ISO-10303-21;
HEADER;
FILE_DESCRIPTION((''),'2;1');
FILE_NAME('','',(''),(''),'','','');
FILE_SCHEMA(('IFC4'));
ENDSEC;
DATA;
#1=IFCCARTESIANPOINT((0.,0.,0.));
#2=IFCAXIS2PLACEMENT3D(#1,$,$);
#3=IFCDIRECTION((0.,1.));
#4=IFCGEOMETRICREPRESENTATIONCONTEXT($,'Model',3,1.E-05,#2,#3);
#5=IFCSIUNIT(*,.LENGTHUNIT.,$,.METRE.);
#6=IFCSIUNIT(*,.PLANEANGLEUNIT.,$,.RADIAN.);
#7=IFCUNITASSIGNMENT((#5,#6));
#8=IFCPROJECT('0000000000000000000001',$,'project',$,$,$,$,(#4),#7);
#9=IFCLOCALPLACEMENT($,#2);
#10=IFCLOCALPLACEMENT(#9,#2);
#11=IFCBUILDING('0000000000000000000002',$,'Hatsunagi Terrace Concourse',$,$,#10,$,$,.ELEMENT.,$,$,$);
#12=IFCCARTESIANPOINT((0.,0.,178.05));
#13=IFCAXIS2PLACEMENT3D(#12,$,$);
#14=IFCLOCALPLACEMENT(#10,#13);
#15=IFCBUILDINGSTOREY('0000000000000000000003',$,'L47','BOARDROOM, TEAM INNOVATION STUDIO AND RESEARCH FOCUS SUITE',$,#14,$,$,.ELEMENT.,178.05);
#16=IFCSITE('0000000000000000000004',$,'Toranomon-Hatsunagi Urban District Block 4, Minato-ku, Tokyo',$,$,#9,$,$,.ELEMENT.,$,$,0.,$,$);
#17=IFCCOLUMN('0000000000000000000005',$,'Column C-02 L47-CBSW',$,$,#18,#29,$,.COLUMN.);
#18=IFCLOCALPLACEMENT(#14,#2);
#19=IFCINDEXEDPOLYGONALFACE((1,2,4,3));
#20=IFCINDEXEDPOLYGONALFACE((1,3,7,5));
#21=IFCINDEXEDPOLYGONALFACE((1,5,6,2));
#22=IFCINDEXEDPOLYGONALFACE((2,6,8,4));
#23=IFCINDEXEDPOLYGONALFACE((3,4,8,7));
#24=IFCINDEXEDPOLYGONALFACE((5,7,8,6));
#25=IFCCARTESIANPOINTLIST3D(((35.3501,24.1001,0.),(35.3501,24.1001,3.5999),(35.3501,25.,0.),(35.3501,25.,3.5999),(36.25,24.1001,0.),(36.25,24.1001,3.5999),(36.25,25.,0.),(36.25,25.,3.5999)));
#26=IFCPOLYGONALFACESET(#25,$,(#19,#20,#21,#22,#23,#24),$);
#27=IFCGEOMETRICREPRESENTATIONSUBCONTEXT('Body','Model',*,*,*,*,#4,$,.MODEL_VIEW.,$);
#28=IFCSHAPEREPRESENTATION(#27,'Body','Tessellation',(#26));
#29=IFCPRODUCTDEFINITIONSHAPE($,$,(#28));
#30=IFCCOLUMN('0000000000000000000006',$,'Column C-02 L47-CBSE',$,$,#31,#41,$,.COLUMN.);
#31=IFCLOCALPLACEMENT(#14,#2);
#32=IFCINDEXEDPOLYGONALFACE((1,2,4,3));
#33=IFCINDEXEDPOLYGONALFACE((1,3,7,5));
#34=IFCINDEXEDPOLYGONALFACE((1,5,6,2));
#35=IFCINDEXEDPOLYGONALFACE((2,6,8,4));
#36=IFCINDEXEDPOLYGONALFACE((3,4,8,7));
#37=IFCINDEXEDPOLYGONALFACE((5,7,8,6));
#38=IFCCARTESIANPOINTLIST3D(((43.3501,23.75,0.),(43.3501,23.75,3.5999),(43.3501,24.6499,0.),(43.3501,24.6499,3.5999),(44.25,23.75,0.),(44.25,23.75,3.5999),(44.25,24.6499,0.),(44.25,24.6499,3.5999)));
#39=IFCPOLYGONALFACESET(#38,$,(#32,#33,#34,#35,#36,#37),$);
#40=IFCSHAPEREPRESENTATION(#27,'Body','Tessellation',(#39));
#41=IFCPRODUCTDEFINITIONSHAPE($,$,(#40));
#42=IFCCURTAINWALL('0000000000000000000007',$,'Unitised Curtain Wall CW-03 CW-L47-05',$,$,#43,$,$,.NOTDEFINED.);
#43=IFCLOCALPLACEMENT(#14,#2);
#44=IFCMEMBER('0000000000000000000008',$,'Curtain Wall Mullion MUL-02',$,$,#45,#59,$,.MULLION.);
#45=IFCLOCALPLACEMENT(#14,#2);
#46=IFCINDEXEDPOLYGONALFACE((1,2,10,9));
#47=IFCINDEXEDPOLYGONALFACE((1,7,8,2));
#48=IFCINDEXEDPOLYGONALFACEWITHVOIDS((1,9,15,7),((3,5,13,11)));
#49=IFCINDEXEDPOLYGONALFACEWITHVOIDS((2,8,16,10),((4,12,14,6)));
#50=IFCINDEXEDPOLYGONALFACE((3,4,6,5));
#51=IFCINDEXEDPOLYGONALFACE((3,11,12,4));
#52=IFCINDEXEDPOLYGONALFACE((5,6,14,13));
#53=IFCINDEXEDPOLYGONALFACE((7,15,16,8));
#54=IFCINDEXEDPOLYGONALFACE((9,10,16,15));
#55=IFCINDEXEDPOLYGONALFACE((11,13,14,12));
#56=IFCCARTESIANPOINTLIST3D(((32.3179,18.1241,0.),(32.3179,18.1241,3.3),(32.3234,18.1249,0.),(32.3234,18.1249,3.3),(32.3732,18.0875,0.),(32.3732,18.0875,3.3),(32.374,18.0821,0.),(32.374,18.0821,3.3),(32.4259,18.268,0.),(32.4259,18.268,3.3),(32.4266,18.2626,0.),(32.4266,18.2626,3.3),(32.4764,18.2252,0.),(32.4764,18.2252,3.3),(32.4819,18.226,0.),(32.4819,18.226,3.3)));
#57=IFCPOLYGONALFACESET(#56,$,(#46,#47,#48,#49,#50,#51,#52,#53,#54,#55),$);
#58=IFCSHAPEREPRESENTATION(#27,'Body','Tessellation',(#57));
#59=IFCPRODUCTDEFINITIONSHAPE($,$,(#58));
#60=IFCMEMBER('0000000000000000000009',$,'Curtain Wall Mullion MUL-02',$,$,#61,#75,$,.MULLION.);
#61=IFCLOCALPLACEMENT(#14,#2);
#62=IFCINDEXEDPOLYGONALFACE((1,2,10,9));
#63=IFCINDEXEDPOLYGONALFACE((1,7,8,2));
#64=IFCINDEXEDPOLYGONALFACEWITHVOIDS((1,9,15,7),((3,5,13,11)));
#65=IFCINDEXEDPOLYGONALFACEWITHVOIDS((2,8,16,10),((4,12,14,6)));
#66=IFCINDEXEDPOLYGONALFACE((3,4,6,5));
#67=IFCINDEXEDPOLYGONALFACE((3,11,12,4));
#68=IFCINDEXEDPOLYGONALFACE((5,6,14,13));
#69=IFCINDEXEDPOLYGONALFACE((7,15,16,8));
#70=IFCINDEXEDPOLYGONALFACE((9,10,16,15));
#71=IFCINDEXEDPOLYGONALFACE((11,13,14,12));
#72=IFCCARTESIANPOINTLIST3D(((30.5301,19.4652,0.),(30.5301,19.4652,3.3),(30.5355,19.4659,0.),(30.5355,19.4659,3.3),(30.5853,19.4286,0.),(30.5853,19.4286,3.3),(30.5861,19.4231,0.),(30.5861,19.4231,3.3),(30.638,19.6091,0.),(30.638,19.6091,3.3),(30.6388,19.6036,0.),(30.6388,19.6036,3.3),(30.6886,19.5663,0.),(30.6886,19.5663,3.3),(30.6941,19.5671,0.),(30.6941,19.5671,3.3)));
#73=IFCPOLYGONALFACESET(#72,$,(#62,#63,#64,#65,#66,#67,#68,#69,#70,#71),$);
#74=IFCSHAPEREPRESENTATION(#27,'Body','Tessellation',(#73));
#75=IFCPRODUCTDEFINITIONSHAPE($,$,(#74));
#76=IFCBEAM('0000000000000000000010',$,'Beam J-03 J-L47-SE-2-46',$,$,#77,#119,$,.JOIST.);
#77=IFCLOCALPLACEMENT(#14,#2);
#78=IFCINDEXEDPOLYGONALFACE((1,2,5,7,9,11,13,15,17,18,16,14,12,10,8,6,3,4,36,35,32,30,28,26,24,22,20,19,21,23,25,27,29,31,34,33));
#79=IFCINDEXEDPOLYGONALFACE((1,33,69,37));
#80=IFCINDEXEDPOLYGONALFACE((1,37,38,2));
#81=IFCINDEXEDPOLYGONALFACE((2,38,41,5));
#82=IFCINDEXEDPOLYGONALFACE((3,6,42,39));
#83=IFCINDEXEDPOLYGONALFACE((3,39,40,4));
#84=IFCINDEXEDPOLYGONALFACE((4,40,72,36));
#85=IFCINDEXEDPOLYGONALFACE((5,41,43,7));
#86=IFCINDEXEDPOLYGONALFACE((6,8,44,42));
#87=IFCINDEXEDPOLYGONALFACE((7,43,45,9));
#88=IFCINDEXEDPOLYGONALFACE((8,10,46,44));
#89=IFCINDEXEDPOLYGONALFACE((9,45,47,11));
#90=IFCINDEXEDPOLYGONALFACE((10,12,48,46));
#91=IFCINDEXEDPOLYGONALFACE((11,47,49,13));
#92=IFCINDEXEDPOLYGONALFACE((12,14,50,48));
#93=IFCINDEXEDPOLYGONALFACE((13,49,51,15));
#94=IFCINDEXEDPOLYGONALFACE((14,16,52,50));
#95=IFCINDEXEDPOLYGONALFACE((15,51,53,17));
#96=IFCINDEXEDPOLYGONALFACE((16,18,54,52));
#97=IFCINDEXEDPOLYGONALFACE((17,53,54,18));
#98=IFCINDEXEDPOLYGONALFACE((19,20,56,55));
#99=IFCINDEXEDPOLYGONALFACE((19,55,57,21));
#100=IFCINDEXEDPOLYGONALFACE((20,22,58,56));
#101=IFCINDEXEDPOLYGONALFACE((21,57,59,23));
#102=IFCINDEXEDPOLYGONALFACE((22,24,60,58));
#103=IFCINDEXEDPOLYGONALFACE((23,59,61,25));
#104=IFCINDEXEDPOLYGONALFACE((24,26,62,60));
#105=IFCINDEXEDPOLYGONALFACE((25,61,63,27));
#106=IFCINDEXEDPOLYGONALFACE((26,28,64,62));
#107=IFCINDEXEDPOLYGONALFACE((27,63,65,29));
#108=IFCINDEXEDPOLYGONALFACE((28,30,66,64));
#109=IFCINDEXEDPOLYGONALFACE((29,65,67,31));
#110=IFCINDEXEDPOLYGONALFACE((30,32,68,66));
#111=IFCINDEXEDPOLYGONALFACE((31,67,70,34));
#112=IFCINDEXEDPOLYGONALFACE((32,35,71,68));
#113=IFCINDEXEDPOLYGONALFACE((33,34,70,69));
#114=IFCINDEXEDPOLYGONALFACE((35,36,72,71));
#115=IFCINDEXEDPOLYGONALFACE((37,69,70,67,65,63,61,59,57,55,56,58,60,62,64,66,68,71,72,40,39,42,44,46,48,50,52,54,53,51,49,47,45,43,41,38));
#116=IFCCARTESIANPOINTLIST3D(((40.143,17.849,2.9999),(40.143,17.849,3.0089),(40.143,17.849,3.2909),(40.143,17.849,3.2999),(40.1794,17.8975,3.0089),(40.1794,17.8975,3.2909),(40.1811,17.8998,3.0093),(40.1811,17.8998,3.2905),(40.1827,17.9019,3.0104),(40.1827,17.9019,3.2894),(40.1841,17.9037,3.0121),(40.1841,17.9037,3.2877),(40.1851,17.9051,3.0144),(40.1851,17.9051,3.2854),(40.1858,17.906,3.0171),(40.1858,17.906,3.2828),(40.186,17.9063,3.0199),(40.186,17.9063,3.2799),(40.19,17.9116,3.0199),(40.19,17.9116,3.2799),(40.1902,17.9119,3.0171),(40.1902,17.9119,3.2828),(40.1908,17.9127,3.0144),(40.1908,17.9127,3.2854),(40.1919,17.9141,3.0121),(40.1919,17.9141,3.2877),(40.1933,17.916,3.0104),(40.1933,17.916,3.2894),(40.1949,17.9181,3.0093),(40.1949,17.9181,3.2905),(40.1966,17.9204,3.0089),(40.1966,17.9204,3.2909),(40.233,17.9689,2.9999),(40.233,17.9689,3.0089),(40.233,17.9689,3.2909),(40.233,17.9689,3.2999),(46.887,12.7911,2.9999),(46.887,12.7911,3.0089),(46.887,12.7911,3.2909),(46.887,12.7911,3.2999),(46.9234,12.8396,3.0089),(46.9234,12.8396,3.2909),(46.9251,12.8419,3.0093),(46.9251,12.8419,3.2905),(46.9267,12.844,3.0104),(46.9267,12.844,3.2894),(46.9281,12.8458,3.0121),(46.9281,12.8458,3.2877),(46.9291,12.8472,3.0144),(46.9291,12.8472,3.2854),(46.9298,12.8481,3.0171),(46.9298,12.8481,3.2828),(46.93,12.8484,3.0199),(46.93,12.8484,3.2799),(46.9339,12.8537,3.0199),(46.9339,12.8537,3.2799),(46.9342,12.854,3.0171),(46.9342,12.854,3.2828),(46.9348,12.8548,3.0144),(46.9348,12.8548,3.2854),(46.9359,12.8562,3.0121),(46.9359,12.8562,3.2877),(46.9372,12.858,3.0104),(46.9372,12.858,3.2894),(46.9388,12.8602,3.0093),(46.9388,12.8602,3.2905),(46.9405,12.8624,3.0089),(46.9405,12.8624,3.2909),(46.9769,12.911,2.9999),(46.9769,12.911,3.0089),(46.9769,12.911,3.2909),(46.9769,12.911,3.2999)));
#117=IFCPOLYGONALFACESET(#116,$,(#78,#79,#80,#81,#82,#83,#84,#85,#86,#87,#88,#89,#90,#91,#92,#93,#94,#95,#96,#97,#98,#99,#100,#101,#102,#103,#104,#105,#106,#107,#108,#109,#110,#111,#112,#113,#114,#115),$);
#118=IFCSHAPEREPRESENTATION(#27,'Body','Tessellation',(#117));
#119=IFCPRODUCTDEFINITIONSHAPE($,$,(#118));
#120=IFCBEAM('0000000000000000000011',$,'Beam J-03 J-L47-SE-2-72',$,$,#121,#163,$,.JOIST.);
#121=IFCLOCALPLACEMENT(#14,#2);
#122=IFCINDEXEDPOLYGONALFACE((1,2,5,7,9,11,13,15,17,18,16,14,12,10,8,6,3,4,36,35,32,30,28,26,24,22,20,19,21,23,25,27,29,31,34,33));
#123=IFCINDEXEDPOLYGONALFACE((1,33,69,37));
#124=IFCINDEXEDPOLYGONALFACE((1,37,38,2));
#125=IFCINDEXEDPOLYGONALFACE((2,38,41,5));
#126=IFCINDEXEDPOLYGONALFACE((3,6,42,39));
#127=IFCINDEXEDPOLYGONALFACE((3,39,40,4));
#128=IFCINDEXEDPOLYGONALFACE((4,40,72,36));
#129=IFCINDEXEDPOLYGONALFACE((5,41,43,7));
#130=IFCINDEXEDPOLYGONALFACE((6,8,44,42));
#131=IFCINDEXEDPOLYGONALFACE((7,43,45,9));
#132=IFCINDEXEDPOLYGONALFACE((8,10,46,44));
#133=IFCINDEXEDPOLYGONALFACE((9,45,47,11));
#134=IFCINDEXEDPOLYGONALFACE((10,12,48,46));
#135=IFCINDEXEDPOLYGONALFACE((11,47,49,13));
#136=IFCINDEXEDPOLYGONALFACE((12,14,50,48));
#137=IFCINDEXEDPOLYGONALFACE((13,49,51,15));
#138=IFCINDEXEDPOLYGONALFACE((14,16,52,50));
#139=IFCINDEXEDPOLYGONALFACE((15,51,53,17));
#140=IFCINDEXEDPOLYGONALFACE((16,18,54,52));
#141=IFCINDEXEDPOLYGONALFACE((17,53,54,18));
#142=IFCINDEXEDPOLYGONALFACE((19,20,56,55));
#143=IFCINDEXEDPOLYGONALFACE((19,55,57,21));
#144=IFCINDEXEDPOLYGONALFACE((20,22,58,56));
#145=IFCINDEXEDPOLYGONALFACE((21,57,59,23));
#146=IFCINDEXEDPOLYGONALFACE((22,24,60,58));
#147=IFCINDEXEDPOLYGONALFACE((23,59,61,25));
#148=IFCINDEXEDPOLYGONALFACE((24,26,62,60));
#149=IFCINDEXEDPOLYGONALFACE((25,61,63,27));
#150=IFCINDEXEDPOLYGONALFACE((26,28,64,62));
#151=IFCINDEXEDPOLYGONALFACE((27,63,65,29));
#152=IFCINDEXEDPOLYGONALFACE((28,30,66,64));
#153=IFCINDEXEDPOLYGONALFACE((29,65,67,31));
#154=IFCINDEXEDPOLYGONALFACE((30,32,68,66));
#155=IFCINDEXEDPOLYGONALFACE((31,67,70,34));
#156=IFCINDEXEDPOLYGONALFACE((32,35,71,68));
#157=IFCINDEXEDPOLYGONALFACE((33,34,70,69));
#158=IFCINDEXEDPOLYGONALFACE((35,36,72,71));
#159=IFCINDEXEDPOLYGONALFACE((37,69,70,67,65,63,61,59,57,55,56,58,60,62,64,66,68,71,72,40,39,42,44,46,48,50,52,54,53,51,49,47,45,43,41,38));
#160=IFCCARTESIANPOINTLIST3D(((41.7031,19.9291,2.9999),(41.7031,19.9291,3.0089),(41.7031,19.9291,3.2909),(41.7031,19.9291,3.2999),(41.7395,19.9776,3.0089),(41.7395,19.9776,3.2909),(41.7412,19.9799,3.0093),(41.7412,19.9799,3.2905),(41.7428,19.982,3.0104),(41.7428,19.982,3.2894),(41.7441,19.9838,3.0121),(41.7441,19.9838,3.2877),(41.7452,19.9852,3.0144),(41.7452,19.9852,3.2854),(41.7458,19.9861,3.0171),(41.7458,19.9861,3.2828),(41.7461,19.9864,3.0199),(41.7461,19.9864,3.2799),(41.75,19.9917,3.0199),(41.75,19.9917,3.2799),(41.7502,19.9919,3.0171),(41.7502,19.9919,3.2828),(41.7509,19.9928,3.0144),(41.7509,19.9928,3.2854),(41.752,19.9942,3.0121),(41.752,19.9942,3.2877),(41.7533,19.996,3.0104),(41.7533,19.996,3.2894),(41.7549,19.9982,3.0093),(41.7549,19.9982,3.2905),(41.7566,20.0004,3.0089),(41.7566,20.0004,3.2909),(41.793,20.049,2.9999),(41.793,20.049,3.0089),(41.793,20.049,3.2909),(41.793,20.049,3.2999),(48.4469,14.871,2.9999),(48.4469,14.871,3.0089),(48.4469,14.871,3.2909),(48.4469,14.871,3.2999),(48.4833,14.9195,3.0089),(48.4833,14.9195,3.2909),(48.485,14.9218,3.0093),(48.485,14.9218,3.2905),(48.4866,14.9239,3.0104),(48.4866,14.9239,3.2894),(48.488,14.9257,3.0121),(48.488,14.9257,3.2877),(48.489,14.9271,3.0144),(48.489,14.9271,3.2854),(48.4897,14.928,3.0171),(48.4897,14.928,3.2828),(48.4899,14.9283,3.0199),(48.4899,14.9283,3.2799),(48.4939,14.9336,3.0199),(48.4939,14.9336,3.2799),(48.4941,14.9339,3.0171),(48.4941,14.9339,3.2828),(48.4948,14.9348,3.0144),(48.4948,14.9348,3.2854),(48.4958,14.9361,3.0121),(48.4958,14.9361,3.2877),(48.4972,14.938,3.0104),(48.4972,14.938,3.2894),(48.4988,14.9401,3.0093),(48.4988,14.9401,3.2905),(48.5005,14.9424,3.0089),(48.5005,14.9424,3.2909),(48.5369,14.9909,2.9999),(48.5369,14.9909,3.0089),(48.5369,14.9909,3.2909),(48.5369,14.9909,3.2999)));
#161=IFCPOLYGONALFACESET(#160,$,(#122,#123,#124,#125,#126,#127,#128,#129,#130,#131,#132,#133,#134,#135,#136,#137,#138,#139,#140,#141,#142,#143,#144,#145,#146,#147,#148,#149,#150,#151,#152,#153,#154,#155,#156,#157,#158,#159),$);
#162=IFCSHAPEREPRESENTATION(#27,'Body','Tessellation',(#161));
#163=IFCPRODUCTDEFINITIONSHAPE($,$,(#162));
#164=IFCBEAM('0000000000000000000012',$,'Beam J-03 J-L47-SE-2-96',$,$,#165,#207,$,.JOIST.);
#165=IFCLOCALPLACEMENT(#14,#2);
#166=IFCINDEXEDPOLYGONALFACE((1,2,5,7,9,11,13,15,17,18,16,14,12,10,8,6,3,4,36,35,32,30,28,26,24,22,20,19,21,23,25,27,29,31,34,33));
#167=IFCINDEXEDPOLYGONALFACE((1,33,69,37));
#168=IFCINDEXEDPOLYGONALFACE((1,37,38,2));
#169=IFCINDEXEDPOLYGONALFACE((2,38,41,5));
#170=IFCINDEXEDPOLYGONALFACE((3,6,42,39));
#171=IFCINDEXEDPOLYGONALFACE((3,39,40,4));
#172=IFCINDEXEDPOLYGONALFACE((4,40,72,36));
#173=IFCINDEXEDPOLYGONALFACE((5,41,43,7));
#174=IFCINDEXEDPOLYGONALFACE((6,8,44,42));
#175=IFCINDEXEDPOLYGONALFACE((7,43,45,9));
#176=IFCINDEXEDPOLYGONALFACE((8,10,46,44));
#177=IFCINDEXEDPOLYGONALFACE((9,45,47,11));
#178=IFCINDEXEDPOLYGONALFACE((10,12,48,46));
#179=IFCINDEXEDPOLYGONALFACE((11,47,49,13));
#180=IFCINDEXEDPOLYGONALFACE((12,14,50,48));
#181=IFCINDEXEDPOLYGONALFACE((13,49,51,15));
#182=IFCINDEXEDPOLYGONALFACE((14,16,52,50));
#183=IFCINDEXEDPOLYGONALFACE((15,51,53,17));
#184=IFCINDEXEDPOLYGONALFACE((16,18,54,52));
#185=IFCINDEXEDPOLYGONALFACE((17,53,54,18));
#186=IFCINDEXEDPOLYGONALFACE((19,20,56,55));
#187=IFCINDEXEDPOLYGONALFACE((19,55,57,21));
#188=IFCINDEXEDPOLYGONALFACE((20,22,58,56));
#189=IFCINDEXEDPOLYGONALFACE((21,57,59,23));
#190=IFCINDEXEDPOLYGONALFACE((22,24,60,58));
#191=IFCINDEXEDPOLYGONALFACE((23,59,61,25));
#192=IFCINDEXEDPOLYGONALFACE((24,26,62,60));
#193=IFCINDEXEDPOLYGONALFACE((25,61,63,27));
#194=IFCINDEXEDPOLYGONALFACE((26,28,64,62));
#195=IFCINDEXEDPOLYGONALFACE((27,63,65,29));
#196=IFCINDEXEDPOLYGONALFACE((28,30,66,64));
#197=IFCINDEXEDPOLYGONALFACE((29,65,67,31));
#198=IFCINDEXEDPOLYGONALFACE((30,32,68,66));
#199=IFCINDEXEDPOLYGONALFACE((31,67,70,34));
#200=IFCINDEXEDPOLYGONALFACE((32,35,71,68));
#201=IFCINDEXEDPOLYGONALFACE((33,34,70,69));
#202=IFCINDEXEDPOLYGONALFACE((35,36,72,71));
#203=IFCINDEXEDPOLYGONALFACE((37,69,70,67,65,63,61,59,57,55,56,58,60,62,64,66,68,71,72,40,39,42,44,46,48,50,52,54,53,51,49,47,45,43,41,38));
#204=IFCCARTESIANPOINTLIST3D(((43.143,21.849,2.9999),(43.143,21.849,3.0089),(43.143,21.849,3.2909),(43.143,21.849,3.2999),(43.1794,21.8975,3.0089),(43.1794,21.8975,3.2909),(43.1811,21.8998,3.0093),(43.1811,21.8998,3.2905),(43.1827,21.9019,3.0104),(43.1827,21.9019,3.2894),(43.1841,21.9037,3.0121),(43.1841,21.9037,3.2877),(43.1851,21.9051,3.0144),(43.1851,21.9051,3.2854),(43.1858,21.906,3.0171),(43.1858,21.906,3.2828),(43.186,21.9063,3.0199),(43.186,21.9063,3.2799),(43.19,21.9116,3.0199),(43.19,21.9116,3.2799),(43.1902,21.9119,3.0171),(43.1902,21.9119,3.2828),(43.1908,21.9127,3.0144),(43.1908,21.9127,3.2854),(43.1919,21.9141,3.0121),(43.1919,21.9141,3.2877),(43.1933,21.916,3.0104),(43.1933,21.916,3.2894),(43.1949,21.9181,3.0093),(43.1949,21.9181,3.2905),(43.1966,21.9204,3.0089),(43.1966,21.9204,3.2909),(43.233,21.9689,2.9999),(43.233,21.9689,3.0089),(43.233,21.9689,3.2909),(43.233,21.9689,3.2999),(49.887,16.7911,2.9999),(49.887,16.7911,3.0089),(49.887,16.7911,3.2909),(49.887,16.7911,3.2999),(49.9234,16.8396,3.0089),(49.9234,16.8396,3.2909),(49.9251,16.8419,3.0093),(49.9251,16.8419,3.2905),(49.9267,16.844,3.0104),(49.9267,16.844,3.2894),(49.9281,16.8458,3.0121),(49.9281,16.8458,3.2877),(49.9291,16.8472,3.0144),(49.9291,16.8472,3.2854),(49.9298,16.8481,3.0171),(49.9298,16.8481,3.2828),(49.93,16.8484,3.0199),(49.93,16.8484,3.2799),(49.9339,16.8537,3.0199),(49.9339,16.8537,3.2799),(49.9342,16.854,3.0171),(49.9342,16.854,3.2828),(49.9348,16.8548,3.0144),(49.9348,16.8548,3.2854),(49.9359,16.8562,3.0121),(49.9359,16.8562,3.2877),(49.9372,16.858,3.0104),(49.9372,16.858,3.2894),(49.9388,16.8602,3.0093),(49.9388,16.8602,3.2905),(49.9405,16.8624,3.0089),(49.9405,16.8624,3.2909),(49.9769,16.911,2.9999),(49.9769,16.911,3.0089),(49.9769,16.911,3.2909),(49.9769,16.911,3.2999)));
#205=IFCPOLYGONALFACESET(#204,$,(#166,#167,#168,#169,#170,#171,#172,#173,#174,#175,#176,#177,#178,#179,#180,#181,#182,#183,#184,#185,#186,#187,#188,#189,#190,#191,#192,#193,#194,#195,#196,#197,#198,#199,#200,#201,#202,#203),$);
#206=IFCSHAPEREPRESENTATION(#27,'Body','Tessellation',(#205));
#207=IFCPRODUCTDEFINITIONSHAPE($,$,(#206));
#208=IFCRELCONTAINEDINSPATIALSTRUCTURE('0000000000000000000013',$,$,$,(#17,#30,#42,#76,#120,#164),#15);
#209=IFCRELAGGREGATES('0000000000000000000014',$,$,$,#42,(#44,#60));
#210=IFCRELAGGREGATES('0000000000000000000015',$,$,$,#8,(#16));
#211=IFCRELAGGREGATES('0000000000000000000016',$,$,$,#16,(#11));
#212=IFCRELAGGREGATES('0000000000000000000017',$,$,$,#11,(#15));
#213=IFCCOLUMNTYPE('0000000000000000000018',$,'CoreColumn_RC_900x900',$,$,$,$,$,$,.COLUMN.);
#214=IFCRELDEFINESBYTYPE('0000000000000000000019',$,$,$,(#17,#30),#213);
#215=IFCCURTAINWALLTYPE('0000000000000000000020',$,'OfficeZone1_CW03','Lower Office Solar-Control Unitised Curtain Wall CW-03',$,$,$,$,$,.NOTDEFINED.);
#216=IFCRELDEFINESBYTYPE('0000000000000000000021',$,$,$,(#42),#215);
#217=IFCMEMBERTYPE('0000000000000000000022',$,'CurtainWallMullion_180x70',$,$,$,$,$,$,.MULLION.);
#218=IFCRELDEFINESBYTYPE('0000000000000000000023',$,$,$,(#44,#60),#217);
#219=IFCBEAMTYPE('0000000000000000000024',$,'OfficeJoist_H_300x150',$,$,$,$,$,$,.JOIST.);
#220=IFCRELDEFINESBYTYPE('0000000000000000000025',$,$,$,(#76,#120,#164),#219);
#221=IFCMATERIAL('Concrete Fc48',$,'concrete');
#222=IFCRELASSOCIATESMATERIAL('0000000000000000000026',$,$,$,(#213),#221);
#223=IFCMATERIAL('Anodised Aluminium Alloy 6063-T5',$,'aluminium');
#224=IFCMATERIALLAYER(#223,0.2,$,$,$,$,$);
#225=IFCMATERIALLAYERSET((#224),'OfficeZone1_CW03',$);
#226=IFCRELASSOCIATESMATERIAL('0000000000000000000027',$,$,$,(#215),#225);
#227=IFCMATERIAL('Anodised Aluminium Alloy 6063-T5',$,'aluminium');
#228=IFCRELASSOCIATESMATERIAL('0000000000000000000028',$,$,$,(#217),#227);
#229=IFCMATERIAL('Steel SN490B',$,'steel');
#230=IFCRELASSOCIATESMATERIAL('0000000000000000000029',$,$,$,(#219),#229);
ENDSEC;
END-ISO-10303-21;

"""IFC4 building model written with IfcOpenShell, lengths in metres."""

from ifc_helpers import new_model, si_unit, direction, frame, origin, origin_2d, place, context, subcontext, project, spatial, rectangle, hollow_rectangle, i_section, extrude, material, layer, layer_set, material_profile, profile_set, type_object, element, aggregate, save


model = new_model("IFC4")

# Units and contexts
model_context = context("Model", 3, precision=1e-05, world=origin(), true_north=direction((0.0, 1.0)))
body_context = subcontext(model_context, "Body", "Model", "MODEL_VIEW")
ifc_project = project(units=[si_unit("LENGTHUNIT", "METRE"), si_unit("PLANEANGLEUNIT", "RADIAN")], contexts=[model_context])

# Site, building, storey
site_placement = place(None, origin())
site = spatial("IfcSite", under=ifc_project, at=site_placement, Name="Toranomon-Hatsunagi Urban District Block 4, Minato-ku, Tokyo", CompositionType="ELEMENT", RefElevation=0.0)
building_placement = place(site_placement, origin())
building = spatial("IfcBuilding", under=site, at=building_placement, Name="Hatsunagi Terrace Concourse", CompositionType="ELEMENT")
storey_placement = place(building_placement, frame((0.0, 0.0, 178.05)))
storey = spatial("IfcBuildingStorey", under=building, at=storey_placement, Name="L47", Description="BOARDROOM, TEAM INNOVATION STUDIO AND RESEARCH FOCUS SUITE", CompositionType="ELEMENT", Elevation=178.05)

# Columns
ifc_material_1 = material(Name="Concrete Fc48", Category="concrete")
ifc_material_profile_1 = material_profile(ifc_material_1, rectangle(XDim=0.8999, YDim=0.8999, at=origin_2d()), Name="RC-900x900")
ifc_profile_set_1 = profile_set([ifc_material_profile_1], Name="Concrete Fc48")
column_type = type_object("IfcColumnType", Name="CoreColumn_RC_900x900", PredefinedType="COLUMN", material=ifc_profile_set_1)
for number, where, z_axis, x_axis, name in (
    (1, (35.8, 24.55, 0.0), (0.0, 0.0, 1.0), (1.0, 0.0, 0.0), "Column C-02 L47-CBSW"),
    (2, (43.8, 24.2, 0.0), (0.0, 0.0, 1.0), (1.0, 0.0, 0.0), "Column C-02 L47-CBSE"),
):
    element("IfcColumn", number, at=place(storey_placement, frame(where, z_axis=z_axis, x_axis=x_axis)), inside=storey, type_object=column_type, Name=name, PredefinedType="COLUMN", context=body_context, shape_type="SweptSolid", body=[
        extrude(rectangle(XDim=0.8999, YDim=0.8999, at=origin_2d()), origin(), (0.0, 0.0, 1.0), 3.5999),
    ])

# Curtain wall, members
ifc_material_2 = material(Name="Anodised Aluminium Alloy 6063-T5", Category="aluminium")
ifc_layer_1 = layer(ifc_material_2, 0.2)
ifc_layer_set_1 = layer_set([ifc_layer_1], Name="OfficeZone1_CW03")
curtain_wall_type = type_object("IfcCurtainWallType", Name="OfficeZone1_CW03", Description="Lower Office Solar-Control Unitised Curtain Wall CW-03", PredefinedType="NOTDEFINED", material=ifc_layer_set_1)
curtain_wall_placement = place(storey_placement, origin())
curtain_wall = element("IfcCurtainWall", 3, at=curtain_wall_placement, inside=storey, type_object=curtain_wall_type, Name="Unitised Curtain Wall CW-03 CW-L47-05", PredefinedType="NOTDEFINED")
ifc_material_3 = material(Name="Anodised Aluminium Alloy 6063-T5", Category="aluminium")
ifc_material_profile_2 = material_profile(ifc_material_3, hollow_rectangle(XDim=0.0701, YDim=0.1799, WallThickness=0.0039, at=origin_2d()), Name="ALU-MUL-180x70x4")
ifc_profile_set_2 = profile_set([ifc_material_profile_2], Name="Anodised Aluminium Alloy 6063-T5")
member_type = type_object("IfcMemberType", Name="CurtainWallMullion_180x70", PredefinedType="MULLION", material=ifc_profile_set_2)
member_1_placement = place(storey_placement, frame((32.3999, 18.175, 0.0), z_axis=(0.0, 0.0, 1.0), x_axis=(-0.800005, 0.599993, 0.0)))
member_1 = element("IfcMember", 4, at=member_1_placement, type_object=member_type, Name="Curtain Wall Mullion MUL-02", PredefinedType="MULLION", context=body_context, shape_type="SweptSolid", body=[
    extrude(hollow_rectangle(XDim=0.0701, YDim=0.1799, WallThickness=0.0039, at=origin_2d()), origin(), (0.0, 0.0, 1.0), 3.3),
])
member_2_placement = place(storey_placement, frame((30.6121, 19.5161, 0.0), z_axis=(0.0, 0.0, 1.0), x_axis=(-0.800005, 0.599993, 0.0)))
member_2 = element("IfcMember", 5, at=member_2_placement, type_object=member_type, Name="Curtain Wall Mullion MUL-02", PredefinedType="MULLION", context=body_context, shape_type="SweptSolid", body=[
    extrude(hollow_rectangle(XDim=0.0701, YDim=0.1799, WallThickness=0.0039, at=origin_2d()), origin(), (0.0, 0.0, 1.0), 3.3),
])

# Beams
ifc_material_4 = material(Name="Steel SN490B", Category="steel")
ifc_material_profile_3 = material_profile(ifc_material_4, i_section(OverallWidth=0.1499, OverallDepth=0.3, WebThickness=0.0066, FlangeThickness=0.009, FilletRadius=0.011, at=origin_2d()), Name="H-300x150x6.5x9")
ifc_profile_set_3 = profile_set([ifc_material_profile_3], Name="Steel SN490B")
beam_type_1 = type_object("IfcBeamType", Name="OfficeJoist_H_300x150", PredefinedType="JOIST", material=ifc_profile_set_3)
for number, where, z_axis, x_axis, name in (
    (6, (40.188, 17.9089, 3.1499), (0.800003, -0.599995, 0.0), (0.599995, 0.800003, 0.0), "Beam J-03 J-L47-SE-2-46"),
    (7, (41.748, 19.989, 3.1499), (0.79999, -0.600014, 0.0), (0.600014, 0.79999, 0.0), "Beam J-03 J-L47-SE-2-72"),
    (8, (43.188, 21.9089, 3.1499), (0.800003, -0.599995, 0.0), (0.599995, 0.800003, 0.0), "Beam J-03 J-L47-SE-2-96"),
):
    element("IfcBeam", number, at=place(storey_placement, frame(where, z_axis=z_axis, x_axis=x_axis)), inside=storey, type_object=beam_type_1, Name=name, PredefinedType="JOIST", context=body_context, shape_type="SweptSolid", body=[
        extrude(i_section(OverallWidth=0.1499, OverallDepth=0.3, WebThickness=0.0066, FlangeThickness=0.009, FilletRadius=0.011, at=origin_2d()), origin(), (0.0, 0.0, 1.0), 8.4299),
    ])

aggregate(curtain_wall, [member_1, member_2])

save(model, "model.ifc")
